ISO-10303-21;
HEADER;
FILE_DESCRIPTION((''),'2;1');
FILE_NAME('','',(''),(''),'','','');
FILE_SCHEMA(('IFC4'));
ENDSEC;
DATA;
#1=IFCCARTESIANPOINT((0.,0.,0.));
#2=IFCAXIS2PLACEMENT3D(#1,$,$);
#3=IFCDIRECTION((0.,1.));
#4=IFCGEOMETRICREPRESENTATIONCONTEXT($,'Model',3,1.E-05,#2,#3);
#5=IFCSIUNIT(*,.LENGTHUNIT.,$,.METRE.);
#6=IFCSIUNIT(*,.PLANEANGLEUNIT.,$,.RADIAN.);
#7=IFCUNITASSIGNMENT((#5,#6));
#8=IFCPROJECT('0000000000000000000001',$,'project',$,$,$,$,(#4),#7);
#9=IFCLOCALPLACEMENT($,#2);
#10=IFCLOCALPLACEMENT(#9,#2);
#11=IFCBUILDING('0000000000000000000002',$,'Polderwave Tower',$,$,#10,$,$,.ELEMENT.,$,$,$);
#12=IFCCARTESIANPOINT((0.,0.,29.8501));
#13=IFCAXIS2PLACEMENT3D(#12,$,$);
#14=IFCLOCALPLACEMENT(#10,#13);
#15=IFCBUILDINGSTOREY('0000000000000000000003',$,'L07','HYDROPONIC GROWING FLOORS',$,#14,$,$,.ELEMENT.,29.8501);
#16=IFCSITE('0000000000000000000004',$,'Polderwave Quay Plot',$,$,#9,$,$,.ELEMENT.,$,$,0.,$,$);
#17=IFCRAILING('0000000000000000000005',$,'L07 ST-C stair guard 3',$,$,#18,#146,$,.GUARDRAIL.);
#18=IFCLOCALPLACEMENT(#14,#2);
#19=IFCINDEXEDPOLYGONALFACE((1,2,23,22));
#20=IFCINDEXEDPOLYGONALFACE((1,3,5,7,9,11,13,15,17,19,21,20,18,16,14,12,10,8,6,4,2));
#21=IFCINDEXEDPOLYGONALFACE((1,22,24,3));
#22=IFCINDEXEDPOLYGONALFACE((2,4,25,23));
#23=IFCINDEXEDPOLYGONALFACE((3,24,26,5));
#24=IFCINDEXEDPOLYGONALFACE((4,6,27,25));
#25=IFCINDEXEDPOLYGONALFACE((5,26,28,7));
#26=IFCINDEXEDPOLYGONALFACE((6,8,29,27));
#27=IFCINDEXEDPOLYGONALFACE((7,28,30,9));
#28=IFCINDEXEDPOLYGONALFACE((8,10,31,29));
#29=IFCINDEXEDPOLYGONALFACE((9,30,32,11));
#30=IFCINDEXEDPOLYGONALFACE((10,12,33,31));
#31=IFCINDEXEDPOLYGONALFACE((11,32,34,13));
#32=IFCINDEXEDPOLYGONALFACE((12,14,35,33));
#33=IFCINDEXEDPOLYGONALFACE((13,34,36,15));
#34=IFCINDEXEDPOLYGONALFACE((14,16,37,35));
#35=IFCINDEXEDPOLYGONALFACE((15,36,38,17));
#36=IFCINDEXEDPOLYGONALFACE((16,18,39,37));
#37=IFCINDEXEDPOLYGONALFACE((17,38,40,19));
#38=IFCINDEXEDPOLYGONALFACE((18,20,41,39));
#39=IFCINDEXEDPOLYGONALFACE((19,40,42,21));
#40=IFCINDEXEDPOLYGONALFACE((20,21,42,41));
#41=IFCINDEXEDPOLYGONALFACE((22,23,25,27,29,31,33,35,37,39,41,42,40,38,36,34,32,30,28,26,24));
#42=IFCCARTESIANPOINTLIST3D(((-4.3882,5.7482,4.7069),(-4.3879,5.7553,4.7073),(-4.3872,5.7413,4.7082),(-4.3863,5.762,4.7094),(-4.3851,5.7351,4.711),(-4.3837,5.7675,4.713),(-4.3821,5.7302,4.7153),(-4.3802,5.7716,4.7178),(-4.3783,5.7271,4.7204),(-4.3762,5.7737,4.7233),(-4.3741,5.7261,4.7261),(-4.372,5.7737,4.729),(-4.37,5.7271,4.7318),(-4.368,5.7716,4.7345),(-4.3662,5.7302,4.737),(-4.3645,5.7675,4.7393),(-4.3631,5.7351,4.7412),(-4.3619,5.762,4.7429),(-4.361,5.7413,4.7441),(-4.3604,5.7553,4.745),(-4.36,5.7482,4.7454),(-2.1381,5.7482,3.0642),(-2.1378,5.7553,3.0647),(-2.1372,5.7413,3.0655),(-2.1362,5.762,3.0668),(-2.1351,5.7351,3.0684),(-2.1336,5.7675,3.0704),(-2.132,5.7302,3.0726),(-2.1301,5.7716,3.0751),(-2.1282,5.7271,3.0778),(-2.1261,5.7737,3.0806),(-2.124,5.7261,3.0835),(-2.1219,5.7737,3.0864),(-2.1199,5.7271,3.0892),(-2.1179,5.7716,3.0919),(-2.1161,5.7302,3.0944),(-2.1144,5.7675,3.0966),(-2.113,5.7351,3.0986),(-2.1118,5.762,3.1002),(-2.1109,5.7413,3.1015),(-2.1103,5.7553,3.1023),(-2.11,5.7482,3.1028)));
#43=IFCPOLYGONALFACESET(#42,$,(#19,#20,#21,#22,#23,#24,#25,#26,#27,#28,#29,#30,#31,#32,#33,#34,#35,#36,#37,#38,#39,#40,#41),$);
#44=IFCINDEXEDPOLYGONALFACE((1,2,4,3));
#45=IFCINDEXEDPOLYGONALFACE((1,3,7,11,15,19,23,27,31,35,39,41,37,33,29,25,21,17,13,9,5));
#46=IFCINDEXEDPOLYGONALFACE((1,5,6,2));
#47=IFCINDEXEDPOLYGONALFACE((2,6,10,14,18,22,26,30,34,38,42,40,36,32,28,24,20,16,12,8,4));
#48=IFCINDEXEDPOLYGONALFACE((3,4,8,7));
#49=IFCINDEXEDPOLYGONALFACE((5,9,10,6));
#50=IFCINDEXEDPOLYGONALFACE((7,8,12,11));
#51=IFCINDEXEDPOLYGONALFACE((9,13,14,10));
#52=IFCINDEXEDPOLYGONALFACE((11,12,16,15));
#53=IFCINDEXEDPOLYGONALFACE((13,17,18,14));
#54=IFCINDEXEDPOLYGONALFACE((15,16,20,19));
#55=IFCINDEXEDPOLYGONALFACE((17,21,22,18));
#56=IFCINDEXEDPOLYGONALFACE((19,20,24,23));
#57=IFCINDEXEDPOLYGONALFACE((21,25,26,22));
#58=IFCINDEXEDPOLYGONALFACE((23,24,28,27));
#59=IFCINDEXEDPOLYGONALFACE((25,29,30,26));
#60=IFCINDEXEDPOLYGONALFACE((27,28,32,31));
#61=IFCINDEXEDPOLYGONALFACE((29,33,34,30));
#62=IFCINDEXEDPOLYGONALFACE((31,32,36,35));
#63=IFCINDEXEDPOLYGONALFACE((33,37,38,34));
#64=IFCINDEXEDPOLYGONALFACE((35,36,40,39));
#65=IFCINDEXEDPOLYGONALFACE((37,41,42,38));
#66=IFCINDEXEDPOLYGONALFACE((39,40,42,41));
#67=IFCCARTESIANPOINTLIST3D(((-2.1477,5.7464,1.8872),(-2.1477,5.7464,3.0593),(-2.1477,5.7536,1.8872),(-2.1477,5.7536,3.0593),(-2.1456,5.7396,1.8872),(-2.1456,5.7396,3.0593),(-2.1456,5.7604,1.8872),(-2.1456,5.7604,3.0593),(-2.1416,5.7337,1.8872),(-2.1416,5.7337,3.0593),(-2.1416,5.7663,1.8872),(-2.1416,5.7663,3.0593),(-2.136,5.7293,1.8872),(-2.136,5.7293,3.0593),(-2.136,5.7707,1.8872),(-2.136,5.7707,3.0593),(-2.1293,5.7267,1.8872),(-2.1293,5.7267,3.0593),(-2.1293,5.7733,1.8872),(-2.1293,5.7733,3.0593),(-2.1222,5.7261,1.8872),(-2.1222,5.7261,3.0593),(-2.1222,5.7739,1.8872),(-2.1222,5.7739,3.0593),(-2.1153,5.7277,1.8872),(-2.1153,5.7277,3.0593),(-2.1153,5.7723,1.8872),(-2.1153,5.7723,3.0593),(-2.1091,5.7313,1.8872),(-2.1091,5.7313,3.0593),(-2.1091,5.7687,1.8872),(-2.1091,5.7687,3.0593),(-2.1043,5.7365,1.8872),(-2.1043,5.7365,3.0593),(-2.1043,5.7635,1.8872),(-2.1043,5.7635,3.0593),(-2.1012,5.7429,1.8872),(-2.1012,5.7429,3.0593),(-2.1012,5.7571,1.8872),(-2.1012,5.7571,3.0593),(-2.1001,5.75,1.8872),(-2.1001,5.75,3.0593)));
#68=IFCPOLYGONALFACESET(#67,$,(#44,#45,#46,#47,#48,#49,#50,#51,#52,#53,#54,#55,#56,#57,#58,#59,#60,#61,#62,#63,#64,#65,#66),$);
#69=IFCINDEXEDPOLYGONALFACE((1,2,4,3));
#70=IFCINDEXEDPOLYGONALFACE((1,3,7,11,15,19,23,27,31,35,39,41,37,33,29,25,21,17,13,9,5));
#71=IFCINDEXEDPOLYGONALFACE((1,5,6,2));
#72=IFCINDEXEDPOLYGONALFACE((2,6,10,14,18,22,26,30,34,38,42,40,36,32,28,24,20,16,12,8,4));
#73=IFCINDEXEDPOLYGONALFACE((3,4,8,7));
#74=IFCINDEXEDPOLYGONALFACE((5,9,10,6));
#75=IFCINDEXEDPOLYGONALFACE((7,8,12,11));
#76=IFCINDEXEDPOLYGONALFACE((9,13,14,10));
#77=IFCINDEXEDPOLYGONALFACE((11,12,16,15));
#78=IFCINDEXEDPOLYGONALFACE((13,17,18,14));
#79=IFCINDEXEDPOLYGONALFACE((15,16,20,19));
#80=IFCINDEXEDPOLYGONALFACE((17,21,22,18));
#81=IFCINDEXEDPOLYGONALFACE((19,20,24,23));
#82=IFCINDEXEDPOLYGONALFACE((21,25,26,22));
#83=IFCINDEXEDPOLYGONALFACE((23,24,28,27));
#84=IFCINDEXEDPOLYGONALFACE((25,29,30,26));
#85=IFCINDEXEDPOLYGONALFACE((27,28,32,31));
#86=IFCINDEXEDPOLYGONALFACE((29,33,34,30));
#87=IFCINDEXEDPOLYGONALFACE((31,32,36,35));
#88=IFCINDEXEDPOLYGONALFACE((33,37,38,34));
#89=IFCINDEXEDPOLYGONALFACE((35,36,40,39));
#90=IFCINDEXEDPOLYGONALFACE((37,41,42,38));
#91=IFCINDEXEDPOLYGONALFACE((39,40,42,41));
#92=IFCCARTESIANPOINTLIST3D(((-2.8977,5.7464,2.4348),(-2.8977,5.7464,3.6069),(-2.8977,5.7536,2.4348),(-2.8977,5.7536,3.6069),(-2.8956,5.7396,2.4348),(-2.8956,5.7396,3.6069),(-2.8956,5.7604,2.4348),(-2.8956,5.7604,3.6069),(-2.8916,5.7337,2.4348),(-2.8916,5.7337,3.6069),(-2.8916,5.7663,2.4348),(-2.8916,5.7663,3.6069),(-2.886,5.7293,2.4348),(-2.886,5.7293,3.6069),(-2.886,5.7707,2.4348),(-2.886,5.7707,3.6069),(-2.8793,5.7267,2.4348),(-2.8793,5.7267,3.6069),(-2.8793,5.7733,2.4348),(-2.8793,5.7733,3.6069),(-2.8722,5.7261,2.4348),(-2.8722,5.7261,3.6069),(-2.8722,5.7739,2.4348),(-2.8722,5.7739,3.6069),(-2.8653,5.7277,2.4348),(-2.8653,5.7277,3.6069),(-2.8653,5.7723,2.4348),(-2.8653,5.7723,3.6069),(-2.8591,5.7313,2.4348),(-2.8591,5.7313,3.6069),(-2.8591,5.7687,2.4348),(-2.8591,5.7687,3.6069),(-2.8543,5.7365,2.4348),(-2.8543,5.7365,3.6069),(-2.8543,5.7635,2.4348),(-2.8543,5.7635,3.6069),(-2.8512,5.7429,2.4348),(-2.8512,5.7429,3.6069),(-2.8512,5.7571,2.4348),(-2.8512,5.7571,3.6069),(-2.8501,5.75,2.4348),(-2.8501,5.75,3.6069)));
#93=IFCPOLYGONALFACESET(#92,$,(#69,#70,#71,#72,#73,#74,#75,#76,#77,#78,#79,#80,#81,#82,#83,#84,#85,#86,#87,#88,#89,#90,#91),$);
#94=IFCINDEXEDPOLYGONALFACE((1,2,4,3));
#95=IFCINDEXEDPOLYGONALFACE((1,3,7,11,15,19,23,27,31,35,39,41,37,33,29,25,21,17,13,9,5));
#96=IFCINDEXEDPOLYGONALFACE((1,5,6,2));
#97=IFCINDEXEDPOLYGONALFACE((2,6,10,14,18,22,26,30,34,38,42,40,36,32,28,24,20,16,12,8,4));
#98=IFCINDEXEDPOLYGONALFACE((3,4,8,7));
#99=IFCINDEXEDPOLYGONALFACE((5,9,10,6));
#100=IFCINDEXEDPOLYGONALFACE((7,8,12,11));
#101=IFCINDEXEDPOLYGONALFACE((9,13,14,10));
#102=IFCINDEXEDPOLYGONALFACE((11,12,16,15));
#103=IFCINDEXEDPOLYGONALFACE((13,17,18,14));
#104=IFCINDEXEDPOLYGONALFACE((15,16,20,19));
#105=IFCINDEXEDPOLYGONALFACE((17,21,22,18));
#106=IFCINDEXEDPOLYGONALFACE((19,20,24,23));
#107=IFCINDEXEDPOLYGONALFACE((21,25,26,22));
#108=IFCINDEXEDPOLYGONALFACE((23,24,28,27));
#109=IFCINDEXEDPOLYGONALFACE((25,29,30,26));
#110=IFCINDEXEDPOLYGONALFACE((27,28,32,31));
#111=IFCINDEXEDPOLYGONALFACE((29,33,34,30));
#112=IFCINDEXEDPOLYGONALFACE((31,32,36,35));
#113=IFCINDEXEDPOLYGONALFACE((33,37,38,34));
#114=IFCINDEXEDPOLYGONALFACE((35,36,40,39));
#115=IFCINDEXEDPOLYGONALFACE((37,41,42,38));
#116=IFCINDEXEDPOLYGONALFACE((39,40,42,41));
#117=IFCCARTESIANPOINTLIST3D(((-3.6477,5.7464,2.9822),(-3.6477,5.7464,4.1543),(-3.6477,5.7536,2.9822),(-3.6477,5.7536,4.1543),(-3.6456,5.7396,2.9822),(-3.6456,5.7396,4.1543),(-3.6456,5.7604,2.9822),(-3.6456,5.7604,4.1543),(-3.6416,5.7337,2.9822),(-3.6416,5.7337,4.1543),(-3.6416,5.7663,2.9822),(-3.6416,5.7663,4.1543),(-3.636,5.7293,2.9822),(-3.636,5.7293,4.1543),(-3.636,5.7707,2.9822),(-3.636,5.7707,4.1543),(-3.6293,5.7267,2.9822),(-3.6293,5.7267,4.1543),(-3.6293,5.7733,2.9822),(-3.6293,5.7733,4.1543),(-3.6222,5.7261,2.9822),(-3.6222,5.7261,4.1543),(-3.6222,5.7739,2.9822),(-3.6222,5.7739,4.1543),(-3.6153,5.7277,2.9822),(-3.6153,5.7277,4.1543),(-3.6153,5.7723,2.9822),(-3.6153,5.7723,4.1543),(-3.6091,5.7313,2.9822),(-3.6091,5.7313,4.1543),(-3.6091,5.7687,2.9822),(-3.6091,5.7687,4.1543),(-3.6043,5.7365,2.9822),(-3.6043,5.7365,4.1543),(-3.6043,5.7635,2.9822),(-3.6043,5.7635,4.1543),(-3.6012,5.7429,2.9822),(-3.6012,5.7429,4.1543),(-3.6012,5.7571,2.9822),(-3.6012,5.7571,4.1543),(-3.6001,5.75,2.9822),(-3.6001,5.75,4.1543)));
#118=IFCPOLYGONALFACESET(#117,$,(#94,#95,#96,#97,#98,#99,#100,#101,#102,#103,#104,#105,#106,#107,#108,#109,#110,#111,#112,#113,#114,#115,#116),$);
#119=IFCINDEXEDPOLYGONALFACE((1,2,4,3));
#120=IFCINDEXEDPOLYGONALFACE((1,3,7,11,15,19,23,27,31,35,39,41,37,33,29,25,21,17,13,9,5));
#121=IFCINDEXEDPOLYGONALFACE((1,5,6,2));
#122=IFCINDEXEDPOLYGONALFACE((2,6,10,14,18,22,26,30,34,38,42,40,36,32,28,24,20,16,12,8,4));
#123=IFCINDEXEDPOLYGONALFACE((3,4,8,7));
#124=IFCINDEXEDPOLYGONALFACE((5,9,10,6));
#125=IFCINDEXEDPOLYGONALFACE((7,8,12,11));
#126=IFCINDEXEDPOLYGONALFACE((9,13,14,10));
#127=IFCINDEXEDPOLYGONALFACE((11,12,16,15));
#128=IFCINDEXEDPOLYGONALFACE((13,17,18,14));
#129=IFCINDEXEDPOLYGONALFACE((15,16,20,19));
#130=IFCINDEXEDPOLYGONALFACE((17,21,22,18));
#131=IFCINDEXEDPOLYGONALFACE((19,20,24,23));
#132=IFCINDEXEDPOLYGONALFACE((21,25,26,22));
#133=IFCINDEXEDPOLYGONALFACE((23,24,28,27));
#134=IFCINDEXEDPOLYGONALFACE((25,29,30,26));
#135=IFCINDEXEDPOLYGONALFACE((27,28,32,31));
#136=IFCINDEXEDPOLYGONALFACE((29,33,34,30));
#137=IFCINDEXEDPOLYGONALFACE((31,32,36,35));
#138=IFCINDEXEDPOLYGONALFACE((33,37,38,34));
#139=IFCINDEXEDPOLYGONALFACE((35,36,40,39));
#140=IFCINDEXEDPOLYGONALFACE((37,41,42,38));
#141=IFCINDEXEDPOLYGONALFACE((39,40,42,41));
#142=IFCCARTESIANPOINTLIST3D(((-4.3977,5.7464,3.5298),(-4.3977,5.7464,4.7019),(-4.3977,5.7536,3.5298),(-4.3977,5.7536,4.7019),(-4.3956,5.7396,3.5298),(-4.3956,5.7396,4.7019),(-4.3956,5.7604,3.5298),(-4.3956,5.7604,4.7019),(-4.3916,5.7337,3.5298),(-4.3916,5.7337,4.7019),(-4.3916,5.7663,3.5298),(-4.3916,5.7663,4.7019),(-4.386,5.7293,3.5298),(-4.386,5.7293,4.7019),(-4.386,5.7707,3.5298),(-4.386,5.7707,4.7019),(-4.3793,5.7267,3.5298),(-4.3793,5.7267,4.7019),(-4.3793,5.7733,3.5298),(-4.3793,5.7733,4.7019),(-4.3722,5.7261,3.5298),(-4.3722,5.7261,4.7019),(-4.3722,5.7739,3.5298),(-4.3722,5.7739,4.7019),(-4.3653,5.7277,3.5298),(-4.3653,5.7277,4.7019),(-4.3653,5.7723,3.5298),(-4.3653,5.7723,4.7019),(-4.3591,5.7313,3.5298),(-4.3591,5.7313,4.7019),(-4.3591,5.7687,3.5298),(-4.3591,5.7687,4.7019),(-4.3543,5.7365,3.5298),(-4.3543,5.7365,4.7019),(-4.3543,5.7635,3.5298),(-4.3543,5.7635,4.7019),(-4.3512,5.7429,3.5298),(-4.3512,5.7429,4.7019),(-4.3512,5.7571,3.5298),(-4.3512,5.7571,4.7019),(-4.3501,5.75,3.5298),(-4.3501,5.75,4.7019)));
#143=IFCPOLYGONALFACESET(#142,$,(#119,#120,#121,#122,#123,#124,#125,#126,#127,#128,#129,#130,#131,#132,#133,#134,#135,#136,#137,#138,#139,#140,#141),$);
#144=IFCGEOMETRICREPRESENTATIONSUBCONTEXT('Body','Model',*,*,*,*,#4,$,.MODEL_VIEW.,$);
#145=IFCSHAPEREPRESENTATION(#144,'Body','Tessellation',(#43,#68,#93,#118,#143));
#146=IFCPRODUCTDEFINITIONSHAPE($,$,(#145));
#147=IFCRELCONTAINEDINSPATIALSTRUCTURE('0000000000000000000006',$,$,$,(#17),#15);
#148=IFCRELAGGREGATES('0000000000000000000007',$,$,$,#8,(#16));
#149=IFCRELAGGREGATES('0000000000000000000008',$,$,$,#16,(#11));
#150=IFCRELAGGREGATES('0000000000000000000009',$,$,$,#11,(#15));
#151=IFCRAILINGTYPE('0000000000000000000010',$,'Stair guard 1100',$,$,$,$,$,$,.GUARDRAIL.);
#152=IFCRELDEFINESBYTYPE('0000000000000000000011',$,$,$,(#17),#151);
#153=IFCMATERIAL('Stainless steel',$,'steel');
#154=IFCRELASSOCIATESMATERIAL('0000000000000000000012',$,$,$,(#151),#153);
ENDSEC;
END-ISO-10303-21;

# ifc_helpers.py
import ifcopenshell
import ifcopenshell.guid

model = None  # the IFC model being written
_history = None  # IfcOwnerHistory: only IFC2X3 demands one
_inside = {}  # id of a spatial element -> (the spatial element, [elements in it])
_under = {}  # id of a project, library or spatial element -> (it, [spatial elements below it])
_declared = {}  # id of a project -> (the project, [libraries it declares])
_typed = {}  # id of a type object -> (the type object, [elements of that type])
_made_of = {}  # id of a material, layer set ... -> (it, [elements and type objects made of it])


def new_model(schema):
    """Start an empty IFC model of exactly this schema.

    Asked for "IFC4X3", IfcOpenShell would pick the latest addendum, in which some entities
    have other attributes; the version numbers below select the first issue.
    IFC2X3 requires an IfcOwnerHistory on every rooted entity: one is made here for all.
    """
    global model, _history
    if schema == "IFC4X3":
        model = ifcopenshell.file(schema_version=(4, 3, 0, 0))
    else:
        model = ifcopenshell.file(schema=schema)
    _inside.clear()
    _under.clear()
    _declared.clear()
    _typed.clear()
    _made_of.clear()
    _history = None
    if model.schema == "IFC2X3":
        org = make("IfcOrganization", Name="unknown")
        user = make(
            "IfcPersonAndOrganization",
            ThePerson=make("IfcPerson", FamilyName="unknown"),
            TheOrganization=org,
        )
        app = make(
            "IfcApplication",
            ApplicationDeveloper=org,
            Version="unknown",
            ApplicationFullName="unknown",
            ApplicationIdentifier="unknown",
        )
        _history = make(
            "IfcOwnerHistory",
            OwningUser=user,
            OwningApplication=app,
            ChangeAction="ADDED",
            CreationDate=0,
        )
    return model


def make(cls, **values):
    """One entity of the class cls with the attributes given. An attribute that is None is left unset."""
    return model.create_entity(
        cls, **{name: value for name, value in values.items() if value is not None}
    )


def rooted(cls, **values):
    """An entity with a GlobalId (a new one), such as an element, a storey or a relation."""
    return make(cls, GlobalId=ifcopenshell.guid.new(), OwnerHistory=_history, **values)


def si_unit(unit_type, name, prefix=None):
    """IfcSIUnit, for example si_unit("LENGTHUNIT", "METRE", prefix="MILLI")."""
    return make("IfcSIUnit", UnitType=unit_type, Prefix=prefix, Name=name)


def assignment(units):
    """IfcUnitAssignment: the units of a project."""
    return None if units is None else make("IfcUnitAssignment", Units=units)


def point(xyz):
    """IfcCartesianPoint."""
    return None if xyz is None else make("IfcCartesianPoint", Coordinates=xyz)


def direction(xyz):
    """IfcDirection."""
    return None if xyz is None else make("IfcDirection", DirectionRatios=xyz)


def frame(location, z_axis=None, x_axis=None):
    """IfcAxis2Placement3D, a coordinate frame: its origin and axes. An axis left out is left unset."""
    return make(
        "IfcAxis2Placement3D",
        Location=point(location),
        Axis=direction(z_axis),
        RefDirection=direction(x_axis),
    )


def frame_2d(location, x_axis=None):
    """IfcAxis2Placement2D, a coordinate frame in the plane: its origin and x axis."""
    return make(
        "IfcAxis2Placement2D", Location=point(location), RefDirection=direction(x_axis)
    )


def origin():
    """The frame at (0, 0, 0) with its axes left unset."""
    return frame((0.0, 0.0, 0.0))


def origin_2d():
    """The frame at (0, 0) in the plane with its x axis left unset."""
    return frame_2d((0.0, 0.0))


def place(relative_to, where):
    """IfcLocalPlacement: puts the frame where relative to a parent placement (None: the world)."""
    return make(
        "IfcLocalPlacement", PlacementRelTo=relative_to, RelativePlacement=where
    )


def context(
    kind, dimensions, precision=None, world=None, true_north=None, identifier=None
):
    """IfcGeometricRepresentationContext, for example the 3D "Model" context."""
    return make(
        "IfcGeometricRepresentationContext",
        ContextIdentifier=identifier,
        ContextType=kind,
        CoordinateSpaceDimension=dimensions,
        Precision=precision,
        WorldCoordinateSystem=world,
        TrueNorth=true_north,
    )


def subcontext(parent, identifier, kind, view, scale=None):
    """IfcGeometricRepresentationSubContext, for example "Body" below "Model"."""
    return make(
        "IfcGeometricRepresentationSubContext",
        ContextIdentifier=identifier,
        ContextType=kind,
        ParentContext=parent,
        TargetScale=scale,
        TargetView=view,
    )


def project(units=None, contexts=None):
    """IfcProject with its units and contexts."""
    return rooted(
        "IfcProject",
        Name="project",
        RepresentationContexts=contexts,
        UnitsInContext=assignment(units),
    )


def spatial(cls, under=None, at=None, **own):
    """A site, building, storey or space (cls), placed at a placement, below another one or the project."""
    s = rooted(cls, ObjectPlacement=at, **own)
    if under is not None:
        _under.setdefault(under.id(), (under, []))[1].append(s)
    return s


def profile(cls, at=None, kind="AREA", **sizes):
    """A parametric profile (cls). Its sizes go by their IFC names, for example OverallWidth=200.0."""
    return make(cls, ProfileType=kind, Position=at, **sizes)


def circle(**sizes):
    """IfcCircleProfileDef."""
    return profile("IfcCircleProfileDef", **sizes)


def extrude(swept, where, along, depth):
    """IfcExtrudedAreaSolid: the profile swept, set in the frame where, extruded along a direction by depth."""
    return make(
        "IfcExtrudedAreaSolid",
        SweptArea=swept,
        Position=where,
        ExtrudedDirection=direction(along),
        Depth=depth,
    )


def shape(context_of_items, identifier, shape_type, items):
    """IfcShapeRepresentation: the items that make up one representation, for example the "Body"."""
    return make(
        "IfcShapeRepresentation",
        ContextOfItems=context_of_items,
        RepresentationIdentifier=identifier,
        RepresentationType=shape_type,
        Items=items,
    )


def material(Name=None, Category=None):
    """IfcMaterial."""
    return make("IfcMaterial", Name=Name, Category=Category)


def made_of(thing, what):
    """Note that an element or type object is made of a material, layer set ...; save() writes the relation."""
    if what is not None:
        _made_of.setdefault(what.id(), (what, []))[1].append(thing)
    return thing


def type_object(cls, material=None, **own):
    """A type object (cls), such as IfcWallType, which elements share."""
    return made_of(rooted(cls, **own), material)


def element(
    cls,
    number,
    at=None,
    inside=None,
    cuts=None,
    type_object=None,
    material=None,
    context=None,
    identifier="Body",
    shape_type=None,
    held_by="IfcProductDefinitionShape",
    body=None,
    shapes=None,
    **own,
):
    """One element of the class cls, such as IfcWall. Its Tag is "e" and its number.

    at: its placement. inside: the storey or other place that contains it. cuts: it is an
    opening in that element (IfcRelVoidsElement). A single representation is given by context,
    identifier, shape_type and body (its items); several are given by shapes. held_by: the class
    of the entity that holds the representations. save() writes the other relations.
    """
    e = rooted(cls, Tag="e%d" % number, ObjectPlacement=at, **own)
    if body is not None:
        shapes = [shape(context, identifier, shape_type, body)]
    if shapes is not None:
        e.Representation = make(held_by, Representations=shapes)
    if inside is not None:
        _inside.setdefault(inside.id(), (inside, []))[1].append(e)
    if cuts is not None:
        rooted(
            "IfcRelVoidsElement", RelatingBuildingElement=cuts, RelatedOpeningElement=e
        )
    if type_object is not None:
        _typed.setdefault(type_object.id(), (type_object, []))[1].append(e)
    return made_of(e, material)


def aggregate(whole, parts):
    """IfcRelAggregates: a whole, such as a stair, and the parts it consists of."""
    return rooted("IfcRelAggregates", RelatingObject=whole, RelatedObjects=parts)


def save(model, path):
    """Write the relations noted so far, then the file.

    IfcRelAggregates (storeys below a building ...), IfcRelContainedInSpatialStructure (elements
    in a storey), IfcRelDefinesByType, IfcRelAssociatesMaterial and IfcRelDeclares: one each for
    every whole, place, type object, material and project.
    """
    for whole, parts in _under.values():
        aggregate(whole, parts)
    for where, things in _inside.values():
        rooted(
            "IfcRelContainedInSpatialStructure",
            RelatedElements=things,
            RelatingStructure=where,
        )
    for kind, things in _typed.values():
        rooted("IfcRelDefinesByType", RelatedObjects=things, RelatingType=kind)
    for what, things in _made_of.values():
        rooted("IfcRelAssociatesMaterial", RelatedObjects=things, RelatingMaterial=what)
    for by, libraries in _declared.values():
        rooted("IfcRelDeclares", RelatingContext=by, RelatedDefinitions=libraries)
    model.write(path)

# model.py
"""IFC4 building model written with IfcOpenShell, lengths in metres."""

from ifc_helpers import new_model, si_unit, direction, frame, origin, origin_2d, place, context, subcontext, project, spatial, circle, extrude, material, type_object, element, save


model = new_model("IFC4")

# Units and contexts
model_context = context("Model", 3, precision=1e-05, world=origin(), true_north=direction((0.0, 1.0)))
body_context = subcontext(model_context, "Body", "Model", "MODEL_VIEW")
ifc_project = project(units=[si_unit("LENGTHUNIT", "METRE"), si_unit("PLANEANGLEUNIT", "RADIAN")], contexts=[model_context])

# Site, building, storey
site_placement = place(None, origin())
site = spatial("IfcSite", under=ifc_project, at=site_placement, Name="Polderwave Quay Plot", CompositionType="ELEMENT", RefElevation=0.0)
building_placement = place(site_placement, origin())
building = spatial("IfcBuilding", under=site, at=building_placement, Name="Polderwave Tower", CompositionType="ELEMENT")
storey_placement = place(building_placement, frame((0.0, 0.0, 29.8501)))
storey = spatial("IfcBuildingStorey", under=building, at=storey_placement, Name="L07", Description="HYDROPONIC GROWING FLOORS", CompositionType="ELEMENT", Elevation=29.8501)

# Railing
ifc_material_1 = material(Name="Stainless steel", Category="steel")
railing_type_1 = type_object("IfcRailingType", Name="Stair guard 1100", PredefinedType="GUARDRAIL", material=ifc_material_1)
railing_1_placement = place(storey_placement, frame((-2.124, 5.75, 1.8872)))
element("IfcRailing", 1, at=railing_1_placement, inside=storey, type_object=railing_type_1, Name="L07 ST-C stair guard 3", PredefinedType="GUARDRAIL", context=body_context, shape_type="SweptSolid", body=[
    extrude(circle(Radius=0.0239, at=origin_2d()), frame((0.0, 0.0, 1.1963), z_axis=(-0.807674, 0.0, 0.58963), x_axis=(0.0, -1.0, 0.0)), (0.0, 0.0, 1.0), 2.7859),
    extrude(circle(Radius=0.0239, at=origin_2d()), origin(), (0.0, 0.0, 1.0), 1.1721),
    extrude(circle(Radius=0.0239, at=origin_2d()), frame((-0.75, 0.0, 0.5476)), (0.0, 0.0, 1.0), 1.1721),
    extrude(circle(Radius=0.0239, at=origin_2d()), frame((-1.5, 0.0, 1.095)), (0.0, 0.0, 1.0), 1.1721),
    extrude(circle(Radius=0.0239, at=origin_2d()), frame((-2.25, 0.0, 1.6426)), (0.0, 0.0, 1.0), 1.1721),
])

save(model, "model.ifc")
